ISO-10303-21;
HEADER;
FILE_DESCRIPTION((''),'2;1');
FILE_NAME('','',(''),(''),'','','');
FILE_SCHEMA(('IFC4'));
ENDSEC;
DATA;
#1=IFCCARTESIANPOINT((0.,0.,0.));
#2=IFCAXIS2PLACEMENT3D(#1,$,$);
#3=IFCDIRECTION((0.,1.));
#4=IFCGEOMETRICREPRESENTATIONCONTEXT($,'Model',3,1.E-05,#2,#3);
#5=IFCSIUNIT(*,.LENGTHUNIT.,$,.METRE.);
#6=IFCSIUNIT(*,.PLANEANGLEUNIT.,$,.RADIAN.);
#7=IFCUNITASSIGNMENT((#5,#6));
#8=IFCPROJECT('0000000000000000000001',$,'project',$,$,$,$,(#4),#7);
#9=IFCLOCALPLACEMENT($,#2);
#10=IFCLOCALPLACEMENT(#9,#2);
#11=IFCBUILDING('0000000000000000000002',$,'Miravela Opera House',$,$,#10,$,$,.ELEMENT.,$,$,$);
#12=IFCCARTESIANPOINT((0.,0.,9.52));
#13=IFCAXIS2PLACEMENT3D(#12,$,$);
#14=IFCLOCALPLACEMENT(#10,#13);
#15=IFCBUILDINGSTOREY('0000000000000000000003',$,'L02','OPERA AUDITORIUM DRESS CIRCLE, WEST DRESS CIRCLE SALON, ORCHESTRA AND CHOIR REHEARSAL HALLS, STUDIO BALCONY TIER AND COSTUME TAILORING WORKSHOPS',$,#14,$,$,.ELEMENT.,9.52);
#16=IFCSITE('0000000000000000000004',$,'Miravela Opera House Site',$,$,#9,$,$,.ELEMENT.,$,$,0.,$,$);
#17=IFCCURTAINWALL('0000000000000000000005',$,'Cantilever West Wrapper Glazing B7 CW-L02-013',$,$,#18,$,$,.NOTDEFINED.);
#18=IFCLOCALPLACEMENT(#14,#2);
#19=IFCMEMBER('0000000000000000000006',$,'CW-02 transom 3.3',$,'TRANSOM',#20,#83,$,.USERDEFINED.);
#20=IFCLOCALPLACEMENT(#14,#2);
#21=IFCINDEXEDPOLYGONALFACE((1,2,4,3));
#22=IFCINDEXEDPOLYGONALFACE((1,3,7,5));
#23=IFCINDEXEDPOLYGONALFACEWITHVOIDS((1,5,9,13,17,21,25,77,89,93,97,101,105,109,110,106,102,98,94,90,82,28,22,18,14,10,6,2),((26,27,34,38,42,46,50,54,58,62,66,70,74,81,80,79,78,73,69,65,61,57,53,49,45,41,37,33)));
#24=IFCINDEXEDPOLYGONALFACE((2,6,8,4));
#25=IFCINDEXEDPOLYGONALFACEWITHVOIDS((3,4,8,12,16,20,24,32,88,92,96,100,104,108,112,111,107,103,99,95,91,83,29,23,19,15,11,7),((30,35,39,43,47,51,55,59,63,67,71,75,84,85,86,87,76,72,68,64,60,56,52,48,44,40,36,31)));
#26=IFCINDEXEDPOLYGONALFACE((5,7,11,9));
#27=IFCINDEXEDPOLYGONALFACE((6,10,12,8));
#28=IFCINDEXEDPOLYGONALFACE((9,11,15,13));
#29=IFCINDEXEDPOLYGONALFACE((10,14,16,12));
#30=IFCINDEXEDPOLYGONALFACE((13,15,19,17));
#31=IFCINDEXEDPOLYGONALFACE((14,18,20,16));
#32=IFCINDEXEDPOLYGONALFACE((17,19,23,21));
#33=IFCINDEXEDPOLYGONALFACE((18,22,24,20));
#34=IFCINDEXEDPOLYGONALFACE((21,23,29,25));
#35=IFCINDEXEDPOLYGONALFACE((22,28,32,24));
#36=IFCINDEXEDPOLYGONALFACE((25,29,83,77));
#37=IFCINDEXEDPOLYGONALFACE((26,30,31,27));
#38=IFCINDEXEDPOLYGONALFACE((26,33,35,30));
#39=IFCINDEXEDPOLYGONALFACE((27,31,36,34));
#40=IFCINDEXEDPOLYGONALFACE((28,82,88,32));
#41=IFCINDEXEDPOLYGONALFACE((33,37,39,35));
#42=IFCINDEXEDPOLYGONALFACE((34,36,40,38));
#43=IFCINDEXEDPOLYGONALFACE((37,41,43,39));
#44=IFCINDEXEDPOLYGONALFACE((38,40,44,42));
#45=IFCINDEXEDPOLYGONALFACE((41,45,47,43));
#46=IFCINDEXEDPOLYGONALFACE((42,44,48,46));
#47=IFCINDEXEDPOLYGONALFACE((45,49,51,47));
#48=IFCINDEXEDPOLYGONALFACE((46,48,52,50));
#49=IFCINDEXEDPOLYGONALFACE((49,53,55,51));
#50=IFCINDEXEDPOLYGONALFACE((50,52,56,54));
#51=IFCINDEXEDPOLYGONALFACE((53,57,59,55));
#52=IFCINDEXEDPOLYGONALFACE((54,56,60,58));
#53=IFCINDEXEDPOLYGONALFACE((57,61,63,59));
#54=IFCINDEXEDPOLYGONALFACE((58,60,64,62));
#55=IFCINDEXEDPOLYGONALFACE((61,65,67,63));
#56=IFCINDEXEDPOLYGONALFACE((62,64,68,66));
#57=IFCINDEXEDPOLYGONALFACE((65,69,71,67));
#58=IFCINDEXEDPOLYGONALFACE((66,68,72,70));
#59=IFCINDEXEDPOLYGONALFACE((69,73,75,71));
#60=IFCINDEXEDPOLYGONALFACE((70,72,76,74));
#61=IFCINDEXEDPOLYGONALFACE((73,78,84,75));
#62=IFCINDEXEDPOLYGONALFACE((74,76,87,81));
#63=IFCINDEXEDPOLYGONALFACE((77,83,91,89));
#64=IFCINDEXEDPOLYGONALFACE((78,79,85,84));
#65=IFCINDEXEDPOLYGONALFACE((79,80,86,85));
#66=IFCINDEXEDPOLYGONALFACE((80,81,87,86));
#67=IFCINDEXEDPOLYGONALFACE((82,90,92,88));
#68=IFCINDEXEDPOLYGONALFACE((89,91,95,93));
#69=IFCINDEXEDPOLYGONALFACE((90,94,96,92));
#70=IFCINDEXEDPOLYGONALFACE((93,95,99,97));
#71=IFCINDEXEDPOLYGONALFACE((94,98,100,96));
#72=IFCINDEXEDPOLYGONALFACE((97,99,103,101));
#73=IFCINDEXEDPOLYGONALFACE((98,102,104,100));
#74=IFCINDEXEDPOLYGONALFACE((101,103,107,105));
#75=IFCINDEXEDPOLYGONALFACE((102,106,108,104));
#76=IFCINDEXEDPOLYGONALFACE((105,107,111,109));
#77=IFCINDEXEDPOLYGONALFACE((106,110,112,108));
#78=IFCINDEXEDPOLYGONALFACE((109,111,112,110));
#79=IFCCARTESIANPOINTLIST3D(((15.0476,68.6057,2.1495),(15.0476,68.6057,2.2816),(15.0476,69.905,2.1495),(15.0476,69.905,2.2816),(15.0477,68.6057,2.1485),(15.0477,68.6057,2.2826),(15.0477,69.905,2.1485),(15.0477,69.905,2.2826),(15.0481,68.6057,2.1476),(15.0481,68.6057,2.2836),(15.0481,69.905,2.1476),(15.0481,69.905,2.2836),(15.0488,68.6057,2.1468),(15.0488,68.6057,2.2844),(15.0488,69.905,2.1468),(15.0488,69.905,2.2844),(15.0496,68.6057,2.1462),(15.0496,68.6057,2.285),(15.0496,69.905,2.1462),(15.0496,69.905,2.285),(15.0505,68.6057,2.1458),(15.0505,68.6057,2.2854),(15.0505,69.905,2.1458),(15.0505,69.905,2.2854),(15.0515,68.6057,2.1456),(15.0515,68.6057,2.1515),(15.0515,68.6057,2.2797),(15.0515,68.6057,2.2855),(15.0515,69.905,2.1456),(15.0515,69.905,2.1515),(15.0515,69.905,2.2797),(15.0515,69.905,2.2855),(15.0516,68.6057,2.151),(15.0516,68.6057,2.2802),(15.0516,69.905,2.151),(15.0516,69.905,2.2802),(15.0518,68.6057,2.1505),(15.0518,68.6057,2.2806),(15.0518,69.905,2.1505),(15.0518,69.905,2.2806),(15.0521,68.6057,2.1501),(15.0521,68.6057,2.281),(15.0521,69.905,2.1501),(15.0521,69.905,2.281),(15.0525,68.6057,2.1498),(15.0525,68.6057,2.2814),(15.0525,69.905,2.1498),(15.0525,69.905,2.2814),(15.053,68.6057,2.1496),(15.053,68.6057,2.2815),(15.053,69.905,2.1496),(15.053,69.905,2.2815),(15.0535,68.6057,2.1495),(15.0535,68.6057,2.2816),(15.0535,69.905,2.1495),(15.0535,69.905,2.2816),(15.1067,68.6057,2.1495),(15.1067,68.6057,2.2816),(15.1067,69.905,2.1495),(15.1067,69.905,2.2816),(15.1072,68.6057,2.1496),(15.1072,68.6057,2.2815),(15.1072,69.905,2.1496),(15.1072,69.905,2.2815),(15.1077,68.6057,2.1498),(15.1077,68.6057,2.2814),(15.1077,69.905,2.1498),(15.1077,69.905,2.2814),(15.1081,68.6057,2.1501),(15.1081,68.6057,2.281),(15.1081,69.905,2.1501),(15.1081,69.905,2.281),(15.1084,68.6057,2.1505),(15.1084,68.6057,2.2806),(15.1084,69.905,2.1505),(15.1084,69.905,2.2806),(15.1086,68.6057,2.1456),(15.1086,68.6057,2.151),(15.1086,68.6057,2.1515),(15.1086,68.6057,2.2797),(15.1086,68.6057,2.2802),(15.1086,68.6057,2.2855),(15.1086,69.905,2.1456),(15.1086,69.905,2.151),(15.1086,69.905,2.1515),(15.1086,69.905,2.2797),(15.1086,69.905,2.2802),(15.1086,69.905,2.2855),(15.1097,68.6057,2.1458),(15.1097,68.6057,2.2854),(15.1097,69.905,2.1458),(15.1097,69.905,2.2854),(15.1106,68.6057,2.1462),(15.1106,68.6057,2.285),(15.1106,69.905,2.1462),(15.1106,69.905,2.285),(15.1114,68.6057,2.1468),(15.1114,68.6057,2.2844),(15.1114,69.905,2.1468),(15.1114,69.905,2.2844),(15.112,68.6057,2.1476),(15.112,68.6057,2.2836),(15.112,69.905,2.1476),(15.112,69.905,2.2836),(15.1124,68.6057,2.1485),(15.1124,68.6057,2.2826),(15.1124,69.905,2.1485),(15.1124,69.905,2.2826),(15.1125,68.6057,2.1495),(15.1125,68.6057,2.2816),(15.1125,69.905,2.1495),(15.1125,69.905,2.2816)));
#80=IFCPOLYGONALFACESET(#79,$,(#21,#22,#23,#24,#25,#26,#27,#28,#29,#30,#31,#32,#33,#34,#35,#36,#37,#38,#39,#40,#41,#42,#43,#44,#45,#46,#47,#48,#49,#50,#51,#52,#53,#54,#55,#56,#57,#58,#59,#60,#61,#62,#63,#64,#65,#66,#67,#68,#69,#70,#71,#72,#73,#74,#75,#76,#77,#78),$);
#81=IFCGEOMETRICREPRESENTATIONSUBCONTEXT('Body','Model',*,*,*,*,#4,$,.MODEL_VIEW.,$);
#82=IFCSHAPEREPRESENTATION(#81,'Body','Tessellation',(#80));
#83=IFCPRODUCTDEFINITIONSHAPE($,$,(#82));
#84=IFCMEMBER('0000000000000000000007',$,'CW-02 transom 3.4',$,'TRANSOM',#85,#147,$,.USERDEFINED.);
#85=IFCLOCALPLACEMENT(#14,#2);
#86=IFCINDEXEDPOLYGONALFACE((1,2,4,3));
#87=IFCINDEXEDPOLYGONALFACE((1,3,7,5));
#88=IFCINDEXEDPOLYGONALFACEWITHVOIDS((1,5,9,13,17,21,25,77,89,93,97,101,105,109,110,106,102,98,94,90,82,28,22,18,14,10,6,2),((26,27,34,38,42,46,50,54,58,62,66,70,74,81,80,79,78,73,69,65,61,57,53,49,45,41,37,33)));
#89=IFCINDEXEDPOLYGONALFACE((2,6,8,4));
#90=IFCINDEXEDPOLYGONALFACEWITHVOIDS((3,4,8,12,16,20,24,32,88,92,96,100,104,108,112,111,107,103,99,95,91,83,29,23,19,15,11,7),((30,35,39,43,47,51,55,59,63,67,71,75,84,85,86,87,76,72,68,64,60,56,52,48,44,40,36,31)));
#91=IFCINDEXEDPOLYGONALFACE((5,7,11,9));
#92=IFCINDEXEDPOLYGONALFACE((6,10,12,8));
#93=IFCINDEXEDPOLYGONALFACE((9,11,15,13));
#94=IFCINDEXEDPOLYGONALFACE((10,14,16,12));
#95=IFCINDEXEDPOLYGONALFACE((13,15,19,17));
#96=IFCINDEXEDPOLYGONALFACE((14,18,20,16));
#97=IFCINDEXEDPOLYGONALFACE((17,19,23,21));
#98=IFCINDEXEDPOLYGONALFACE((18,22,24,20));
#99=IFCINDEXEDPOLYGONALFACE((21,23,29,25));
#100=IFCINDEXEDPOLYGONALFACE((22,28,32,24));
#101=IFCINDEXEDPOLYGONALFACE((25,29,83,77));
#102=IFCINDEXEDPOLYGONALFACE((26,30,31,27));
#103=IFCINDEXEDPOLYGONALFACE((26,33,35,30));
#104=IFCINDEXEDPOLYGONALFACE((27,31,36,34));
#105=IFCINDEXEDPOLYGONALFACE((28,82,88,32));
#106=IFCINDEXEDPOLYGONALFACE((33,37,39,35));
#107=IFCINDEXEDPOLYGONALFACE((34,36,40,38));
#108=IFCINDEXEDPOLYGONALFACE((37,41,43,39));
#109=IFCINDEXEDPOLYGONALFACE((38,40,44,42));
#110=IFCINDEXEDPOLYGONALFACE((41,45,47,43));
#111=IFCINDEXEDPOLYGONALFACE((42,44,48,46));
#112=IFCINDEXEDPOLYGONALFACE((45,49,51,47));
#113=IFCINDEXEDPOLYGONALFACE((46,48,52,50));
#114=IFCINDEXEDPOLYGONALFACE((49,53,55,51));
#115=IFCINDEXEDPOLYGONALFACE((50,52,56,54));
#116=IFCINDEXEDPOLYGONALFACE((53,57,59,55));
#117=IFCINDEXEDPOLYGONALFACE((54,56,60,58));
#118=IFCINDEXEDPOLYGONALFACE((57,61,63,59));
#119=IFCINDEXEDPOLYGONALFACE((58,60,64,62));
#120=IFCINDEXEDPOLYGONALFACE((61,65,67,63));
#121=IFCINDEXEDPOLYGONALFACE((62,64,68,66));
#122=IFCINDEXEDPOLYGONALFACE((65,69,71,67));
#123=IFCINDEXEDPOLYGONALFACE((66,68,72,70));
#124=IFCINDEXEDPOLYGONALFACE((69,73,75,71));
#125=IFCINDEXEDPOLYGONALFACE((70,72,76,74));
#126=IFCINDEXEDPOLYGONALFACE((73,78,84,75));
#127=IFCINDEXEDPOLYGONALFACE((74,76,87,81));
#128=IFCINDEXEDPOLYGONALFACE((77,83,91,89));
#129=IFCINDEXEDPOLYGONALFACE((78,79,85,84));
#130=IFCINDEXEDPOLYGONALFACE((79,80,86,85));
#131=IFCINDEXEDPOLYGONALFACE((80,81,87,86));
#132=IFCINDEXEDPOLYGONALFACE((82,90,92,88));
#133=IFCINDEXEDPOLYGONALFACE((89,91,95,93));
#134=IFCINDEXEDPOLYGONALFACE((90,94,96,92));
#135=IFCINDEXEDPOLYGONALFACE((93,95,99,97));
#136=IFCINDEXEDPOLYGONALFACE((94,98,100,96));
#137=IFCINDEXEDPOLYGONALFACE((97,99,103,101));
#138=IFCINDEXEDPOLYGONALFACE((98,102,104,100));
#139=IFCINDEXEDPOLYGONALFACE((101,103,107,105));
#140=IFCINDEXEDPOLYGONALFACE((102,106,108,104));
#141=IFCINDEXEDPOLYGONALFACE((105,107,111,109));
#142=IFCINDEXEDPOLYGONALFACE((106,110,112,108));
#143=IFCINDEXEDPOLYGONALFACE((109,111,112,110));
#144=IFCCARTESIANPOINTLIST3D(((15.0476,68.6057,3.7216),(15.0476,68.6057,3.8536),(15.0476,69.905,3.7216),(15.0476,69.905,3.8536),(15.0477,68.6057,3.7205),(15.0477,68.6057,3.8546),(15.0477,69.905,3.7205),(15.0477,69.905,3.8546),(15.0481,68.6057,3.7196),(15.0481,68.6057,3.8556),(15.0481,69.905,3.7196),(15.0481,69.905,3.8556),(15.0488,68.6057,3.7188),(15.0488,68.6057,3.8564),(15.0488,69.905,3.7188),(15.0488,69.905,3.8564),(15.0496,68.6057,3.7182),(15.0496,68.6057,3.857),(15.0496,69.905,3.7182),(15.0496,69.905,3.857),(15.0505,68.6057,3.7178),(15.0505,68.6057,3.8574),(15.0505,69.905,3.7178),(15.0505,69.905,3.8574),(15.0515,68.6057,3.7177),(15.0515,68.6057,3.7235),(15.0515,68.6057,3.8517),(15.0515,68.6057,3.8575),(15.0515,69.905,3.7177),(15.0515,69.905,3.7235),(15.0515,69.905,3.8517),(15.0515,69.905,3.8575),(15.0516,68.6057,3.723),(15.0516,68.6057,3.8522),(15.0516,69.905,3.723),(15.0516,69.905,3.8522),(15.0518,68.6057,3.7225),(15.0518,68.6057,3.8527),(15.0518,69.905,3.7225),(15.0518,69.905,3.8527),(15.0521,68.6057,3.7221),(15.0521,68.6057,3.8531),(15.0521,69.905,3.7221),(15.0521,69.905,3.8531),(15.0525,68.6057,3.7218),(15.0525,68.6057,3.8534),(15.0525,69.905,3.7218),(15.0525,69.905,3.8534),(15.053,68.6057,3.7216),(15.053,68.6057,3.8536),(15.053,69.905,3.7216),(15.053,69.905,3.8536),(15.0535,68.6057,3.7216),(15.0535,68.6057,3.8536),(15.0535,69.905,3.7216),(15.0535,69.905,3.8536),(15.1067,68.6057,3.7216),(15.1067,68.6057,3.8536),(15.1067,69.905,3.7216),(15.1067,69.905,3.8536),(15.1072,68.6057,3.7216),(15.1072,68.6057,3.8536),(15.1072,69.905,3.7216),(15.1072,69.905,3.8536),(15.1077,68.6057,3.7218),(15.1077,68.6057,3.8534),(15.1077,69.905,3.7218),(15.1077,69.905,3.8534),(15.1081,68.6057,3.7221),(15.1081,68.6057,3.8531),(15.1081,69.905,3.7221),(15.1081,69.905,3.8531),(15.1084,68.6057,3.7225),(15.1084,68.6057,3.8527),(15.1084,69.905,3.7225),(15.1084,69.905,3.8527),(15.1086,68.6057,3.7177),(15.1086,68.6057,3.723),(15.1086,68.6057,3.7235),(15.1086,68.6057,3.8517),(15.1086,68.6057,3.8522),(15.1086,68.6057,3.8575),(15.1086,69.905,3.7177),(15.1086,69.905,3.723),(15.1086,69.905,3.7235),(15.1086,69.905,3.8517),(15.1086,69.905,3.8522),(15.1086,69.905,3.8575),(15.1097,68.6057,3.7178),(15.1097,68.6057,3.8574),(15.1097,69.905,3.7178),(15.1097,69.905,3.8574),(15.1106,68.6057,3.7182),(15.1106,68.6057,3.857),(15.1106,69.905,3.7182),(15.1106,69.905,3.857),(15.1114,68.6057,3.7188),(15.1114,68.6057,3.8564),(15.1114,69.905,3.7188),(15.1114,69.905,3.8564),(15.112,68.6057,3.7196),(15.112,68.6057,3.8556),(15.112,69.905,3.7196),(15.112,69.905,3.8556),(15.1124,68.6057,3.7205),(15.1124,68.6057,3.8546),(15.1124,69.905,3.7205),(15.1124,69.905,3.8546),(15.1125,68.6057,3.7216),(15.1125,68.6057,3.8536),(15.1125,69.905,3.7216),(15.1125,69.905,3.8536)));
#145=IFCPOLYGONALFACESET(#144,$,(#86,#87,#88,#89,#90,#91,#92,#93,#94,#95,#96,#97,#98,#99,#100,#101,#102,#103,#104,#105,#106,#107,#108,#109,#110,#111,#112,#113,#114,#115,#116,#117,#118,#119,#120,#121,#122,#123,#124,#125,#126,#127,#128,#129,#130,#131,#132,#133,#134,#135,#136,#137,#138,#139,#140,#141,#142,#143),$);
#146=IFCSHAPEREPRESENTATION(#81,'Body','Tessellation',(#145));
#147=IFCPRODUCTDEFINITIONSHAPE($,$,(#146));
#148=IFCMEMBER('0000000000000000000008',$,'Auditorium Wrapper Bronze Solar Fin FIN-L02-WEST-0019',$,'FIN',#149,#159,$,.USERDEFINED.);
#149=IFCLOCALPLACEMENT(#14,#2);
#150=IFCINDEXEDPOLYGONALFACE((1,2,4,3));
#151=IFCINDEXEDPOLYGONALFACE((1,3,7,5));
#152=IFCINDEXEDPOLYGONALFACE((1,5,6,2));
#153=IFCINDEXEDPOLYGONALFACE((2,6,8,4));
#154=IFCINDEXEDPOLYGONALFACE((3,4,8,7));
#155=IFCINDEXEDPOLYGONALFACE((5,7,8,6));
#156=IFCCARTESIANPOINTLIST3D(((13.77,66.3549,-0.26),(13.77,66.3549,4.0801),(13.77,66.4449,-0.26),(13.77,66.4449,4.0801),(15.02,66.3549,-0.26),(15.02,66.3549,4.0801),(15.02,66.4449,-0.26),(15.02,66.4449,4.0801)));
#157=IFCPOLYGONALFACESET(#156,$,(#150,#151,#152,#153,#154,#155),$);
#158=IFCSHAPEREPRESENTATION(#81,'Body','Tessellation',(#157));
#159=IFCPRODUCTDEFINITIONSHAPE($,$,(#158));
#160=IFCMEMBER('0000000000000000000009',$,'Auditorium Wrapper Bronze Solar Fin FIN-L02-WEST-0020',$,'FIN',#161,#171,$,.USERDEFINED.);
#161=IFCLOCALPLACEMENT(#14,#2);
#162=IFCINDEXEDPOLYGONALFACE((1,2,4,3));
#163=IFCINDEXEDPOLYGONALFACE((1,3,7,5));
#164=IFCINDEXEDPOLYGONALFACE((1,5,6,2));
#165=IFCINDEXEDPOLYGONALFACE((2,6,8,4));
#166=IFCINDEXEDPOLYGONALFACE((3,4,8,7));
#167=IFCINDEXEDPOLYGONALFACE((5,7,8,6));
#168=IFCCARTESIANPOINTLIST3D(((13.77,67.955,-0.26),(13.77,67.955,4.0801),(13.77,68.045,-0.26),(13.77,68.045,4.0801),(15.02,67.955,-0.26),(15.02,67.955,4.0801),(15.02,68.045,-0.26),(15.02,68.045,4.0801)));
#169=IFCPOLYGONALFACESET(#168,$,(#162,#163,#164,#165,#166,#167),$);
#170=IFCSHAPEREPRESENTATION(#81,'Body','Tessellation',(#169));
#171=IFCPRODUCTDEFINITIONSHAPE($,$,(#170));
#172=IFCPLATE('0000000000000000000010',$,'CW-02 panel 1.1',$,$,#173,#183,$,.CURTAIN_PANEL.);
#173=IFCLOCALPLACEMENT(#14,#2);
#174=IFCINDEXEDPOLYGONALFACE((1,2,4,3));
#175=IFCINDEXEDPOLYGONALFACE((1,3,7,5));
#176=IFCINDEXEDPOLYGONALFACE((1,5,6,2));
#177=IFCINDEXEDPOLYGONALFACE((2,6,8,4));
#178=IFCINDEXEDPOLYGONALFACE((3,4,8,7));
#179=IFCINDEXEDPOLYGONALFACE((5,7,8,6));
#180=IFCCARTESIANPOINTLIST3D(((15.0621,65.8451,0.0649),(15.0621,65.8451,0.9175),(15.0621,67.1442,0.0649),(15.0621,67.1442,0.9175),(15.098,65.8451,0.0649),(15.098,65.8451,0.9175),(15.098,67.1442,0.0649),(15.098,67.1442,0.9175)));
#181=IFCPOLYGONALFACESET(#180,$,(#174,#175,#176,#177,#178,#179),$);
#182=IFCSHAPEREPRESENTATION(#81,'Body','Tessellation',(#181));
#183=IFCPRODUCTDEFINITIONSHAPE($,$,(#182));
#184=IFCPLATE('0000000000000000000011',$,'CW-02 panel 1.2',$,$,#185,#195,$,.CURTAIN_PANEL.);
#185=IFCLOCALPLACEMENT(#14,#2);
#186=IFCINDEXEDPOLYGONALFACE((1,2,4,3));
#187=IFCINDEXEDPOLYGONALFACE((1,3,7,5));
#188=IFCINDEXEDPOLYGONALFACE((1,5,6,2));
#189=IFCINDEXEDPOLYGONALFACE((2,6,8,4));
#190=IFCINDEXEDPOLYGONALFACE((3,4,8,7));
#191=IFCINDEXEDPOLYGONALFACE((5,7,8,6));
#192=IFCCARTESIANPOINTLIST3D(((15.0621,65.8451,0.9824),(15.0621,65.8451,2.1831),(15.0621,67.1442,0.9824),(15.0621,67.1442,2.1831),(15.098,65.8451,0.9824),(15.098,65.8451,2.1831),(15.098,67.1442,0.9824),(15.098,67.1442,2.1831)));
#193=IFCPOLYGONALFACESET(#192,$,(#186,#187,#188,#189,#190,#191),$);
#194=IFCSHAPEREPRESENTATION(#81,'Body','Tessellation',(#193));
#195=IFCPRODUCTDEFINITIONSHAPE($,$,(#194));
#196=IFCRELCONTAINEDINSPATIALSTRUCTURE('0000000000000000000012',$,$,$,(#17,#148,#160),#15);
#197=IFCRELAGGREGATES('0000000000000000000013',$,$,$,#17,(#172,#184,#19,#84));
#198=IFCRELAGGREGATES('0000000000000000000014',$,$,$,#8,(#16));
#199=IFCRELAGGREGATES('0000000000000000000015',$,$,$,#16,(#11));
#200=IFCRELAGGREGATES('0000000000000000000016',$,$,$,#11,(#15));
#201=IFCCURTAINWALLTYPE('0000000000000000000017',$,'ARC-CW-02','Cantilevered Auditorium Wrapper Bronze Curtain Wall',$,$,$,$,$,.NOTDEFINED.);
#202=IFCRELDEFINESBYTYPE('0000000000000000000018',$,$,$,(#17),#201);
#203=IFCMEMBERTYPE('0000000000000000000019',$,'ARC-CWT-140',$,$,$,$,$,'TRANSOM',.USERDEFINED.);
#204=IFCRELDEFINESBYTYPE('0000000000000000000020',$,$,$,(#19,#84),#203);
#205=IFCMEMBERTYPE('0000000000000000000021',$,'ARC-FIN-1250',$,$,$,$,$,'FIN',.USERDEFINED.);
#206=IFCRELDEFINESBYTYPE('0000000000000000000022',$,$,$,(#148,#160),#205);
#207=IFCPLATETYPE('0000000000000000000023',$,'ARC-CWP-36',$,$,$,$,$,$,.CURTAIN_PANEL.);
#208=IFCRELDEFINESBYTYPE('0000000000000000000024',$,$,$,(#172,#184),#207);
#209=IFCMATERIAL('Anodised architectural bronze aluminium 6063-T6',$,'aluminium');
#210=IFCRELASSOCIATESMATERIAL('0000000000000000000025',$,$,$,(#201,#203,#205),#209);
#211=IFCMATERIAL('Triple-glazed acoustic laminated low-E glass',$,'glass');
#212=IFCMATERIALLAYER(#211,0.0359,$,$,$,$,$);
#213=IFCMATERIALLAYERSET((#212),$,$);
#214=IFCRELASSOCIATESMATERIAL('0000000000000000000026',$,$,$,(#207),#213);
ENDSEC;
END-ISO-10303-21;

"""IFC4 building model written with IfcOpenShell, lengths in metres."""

from ifc_helpers import new_model, si_unit, direction, frame, origin, origin_2d, place, context, subcontext, project, spatial, rectangle, hollow_rectangle, extrude, material, layer, layer_set, material_profile, profile_set, type_object, element, aggregate, save


model = new_model("IFC4")

# Units and contexts
model_context = context("Model", 3, precision=1e-05, world=origin(), true_north=direction((0.0, 1.0)))
body_context = subcontext(model_context, "Body", "Model", "MODEL_VIEW")
ifc_project = project(units=[si_unit("LENGTHUNIT", "METRE"), si_unit("PLANEANGLEUNIT", "RADIAN")], contexts=[model_context])

# Site, building, storey
site_placement = place(None, origin())
site = spatial("IfcSite", under=ifc_project, at=site_placement, Name="Miravela Opera House Site", CompositionType="ELEMENT", RefElevation=0.0)
building_placement = place(site_placement, origin())
building = spatial("IfcBuilding", under=site, at=building_placement, Name="Miravela Opera House", CompositionType="ELEMENT")
storey_placement = place(building_placement, frame((0.0, 0.0, 9.52)))
storey = spatial("IfcBuildingStorey", under=building, at=storey_placement, Name="L02", Description="OPERA AUDITORIUM DRESS CIRCLE, WEST DRESS CIRCLE SALON, ORCHESTRA AND CHOIR REHEARSAL HALLS, STUDIO BALCONY TIER AND COSTUME TAILORING WORKSHOPS", CompositionType="ELEMENT", Elevation=9.52)

# Curtain wall, members
ifc_material_1 = material(Name="Anodised architectural bronze aluminium 6063-T6", Category="aluminium")
curtain_wall_type = type_object("IfcCurtainWallType", Name="ARC-CW-02", Description="Cantilevered Auditorium Wrapper Bronze Curtain Wall", PredefinedType="NOTDEFINED", material=ifc_material_1)
curtain_wall_placement = place(storey_placement, origin())
curtain_wall = element("IfcCurtainWall", 1, at=curtain_wall_placement, inside=storey, type_object=curtain_wall_type, Name="Cantilever West Wrapper Glazing B7 CW-L02-013", PredefinedType="NOTDEFINED")
ifc_material_profile_1 = material_profile(ifc_material_1, hollow_rectangle(XDim=0.0649, YDim=0.1399, WallThickness=0.0039, InnerFilletRadius=0.002, OuterFilletRadius=0.0039, at=origin_2d()), Name="CWT-65X140")
ifc_profile_set_1 = profile_set([ifc_material_profile_1])
member_type_1 = type_object("IfcMemberType", Name="ARC-CWT-140", ElementType="TRANSOM", PredefinedType="USERDEFINED", material=ifc_profile_set_1)
member_1_placement = place(storey_placement, frame((15.0801, 68.6057, 2.2156), z_axis=(0.0, 1.0, 0.0), x_axis=(-1.0, 0.0, 0.0)))
member_1 = element("IfcMember", 2, at=member_1_placement, type_object=member_type_1, Name="CW-02 transom 3.3", ObjectType="TRANSOM", PredefinedType="USERDEFINED", context=body_context, shape_type="SweptSolid", body=[
    extrude(hollow_rectangle(XDim=0.0649, YDim=0.1399, WallThickness=0.0039, InnerFilletRadius=0.002, OuterFilletRadius=0.0039, at=origin_2d()), origin(), (0.0, 0.0, 1.0), 1.2993),
])
member_2_placement = place(storey_placement, frame((15.0801, 68.6057, 3.7876), z_axis=(0.0, 1.0, 0.0), x_axis=(-1.0, 0.0, 0.0)))
member_2 = element("IfcMember", 3, at=member_2_placement, type_object=member_type_1, Name="CW-02 transom 3.4", ObjectType="TRANSOM", PredefinedType="USERDEFINED", context=body_context, shape_type="SweptSolid", body=[
    extrude(hollow_rectangle(XDim=0.0649, YDim=0.1399, WallThickness=0.0039, InnerFilletRadius=0.002, OuterFilletRadius=0.0039, at=origin_2d()), origin(), (0.0, 0.0, 1.0), 1.2993),
])

# Members
ifc_material_profile_2 = material_profile(ifc_material_1, rectangle(XDim=0.0901, YDim=1.25, at=origin_2d()), Name="FIN-1250X90")
ifc_profile_set_2 = profile_set([ifc_material_profile_2])
member_type_2 = type_object("IfcMemberType", Name="ARC-FIN-1250", ElementType="FIN", PredefinedType="USERDEFINED", material=ifc_profile_set_2)
for number, where, z_axis, x_axis, name in (
    (4, (14.395, 66.3999, -0.26), (0.0, 0.0, 1.0), (0.0, 1.0, 0.0), "Auditorium Wrapper Bronze Solar Fin FIN-L02-WEST-0019"),
    (5, (14.395, 68.0, -0.26), (0.0, 0.0, 1.0), (0.0, 1.0, 0.0), "Auditorium Wrapper Bronze Solar Fin FIN-L02-WEST-0020"),
):
    element("IfcMember", number, at=place(storey_placement, frame(where, z_axis=z_axis, x_axis=x_axis)), inside=storey, type_object=member_type_2, Name=name, ObjectType="FIN", PredefinedType="USERDEFINED", context=body_context, shape_type="SweptSolid", body=[
        extrude(rectangle(XDim=0.0901, YDim=1.25, at=origin_2d()), origin(), (0.0, 0.0, 1.0), 4.3401),
    ])

# Plates
ifc_material_2 = material(Name="Triple-glazed acoustic laminated low-E glass", Category="glass")
ifc_layer = layer(ifc_material_2, 0.0359)
ifc_layer_set = layer_set([ifc_layer])
plate_type = type_object("IfcPlateType", Name="ARC-CWP-36", PredefinedType="CURTAIN_PANEL", material=ifc_layer_set)
plate_1_placement = place(storey_placement, frame((15.0801, 66.4946, 0.0649), z_axis=(0.0, 0.0, 1.0), x_axis=(0.0, 1.0, 0.0)))
plate_1 = element("IfcPlate", 6, at=plate_1_placement, type_object=plate_type, Name="CW-02 panel 1.1", PredefinedType="CURTAIN_PANEL", context=body_context, shape_type="SweptSolid", body=[
    extrude(rectangle(XDim=1.2991, YDim=0.0359, at=origin_2d()), origin(), (0.0, 0.0, 1.0), 0.8525),
])
plate_2_placement = place(storey_placement, frame((15.0801, 66.4946, 0.9824), z_axis=(0.0, 0.0, 1.0), x_axis=(0.0, 1.0, 0.0)))
plate_2 = element("IfcPlate", 7, at=plate_2_placement, type_object=plate_type, Name="CW-02 panel 1.2", PredefinedType="CURTAIN_PANEL", context=body_context, shape_type="SweptSolid", body=[
    extrude(rectangle(XDim=1.2991, YDim=0.0359, at=origin_2d()), origin(), (0.0, 0.0, 1.0), 1.2007),
])
aggregate(curtain_wall, [plate_1, plate_2, member_1, member_2])

save(model, "model.ifc")
